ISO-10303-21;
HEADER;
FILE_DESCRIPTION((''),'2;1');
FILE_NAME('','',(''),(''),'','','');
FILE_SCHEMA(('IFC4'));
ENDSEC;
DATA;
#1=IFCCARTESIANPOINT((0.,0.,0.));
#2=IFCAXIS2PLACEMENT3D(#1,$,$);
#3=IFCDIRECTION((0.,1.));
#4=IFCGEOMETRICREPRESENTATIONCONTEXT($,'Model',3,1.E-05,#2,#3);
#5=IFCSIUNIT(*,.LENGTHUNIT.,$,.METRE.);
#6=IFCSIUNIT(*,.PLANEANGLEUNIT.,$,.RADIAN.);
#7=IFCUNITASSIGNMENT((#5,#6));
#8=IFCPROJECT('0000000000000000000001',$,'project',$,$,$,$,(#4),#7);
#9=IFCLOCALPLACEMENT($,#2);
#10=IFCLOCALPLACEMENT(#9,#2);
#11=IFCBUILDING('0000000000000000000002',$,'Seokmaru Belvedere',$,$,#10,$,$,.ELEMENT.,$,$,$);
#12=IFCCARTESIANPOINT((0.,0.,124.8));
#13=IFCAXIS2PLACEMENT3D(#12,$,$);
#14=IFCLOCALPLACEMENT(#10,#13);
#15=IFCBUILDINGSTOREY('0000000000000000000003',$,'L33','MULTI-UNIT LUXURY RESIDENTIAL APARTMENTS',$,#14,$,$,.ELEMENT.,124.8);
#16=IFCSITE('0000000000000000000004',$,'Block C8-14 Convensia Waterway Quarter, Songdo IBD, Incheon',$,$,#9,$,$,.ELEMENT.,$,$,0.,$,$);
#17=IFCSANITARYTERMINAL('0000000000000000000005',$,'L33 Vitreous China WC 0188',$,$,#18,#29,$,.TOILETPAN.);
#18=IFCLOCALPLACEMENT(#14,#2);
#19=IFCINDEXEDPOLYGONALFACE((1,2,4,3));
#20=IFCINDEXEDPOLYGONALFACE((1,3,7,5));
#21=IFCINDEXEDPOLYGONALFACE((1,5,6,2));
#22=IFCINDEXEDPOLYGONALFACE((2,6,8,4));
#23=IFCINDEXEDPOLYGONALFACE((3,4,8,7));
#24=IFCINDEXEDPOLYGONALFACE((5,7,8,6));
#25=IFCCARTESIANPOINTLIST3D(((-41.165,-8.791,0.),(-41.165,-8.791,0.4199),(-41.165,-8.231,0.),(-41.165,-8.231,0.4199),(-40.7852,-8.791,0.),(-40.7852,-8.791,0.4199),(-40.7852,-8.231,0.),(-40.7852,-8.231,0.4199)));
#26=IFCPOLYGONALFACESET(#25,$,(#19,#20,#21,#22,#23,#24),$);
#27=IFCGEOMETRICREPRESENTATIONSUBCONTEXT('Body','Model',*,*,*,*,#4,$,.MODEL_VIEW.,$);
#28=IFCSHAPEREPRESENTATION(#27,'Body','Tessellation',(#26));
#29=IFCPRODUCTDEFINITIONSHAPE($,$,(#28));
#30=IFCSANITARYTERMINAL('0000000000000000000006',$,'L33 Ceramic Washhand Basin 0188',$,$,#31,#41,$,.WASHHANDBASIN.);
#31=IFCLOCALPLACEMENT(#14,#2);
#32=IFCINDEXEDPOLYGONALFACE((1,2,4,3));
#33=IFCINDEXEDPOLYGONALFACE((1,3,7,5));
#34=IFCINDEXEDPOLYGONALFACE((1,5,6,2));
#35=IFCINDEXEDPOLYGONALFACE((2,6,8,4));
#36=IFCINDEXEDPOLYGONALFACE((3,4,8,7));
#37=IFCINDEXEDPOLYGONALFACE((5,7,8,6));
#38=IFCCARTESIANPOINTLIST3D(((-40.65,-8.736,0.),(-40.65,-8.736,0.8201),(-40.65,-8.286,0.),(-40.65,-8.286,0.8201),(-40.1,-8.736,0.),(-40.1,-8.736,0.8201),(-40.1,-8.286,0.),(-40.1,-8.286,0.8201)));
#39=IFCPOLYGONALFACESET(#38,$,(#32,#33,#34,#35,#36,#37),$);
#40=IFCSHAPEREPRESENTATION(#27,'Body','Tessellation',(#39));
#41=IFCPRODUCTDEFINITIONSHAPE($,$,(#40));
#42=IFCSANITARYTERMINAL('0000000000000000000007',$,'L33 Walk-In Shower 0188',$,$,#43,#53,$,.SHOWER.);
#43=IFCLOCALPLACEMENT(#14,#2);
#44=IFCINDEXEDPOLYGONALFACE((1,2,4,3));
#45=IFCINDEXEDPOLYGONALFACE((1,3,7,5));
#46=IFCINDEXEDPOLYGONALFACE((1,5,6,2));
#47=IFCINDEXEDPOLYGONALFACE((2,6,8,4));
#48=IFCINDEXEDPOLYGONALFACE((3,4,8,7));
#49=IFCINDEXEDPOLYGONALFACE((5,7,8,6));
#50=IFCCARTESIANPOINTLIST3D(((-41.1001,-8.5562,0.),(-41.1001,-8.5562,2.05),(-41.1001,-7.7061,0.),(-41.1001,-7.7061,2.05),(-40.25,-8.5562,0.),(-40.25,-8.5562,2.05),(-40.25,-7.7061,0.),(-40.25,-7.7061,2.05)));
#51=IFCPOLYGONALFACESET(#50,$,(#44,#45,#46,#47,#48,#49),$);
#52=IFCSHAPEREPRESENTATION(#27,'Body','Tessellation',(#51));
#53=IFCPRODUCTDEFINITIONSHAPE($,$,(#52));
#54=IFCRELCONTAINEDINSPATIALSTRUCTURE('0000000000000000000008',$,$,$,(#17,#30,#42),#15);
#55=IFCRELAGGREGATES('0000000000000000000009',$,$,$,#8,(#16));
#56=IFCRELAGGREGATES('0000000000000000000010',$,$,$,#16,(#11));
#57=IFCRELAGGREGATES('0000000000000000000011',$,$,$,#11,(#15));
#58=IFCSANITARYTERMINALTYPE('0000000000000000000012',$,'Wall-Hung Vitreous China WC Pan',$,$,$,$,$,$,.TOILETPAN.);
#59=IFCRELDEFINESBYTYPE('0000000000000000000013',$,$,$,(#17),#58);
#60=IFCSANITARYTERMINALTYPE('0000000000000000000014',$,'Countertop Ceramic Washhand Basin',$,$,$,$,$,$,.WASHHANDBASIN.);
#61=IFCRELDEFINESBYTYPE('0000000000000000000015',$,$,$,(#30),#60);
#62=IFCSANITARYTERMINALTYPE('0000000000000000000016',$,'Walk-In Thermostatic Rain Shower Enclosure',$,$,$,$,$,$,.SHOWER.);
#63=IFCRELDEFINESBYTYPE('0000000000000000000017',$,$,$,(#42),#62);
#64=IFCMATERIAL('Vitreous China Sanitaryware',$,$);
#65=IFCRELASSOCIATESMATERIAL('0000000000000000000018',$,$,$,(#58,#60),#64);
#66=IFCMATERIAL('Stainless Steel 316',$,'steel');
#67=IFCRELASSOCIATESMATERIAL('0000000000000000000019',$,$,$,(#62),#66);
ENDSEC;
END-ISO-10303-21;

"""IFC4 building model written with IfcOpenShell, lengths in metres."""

from ifc_helpers import new_model, si_unit, direction, frame, origin, origin_2d, place, context, subcontext, project, spatial, rectangle, extrude, source, transform, mapped, material, type_object, type_shapes, element, save


model = new_model("IFC4")

# Units and contexts
model_context = context("Model", 3, precision=1e-05, world=origin(), true_north=direction((0.0, 1.0)))
body_context = subcontext(model_context, "Body", "Model", "MODEL_VIEW")
ifc_project = project(units=[si_unit("LENGTHUNIT", "METRE"), si_unit("PLANEANGLEUNIT", "RADIAN")], contexts=[model_context])

# Site, building, storey
site_placement = place(None, origin())
site = spatial("IfcSite", under=ifc_project, at=site_placement, Name="Block C8-14 Convensia Waterway Quarter, Songdo IBD, Incheon", CompositionType="ELEMENT", RefElevation=0.0)
building_placement = place(site_placement, origin())
building = spatial("IfcBuilding", under=site, at=building_placement, Name="Seokmaru Belvedere", CompositionType="ELEMENT")
storey_placement = place(building_placement, frame((0.0, 0.0, 124.8)))
storey = spatial("IfcBuildingStorey", under=building, at=storey_placement, Name="L33", Description="MULTI-UNIT LUXURY RESIDENTIAL APARTMENTS", CompositionType="ELEMENT", Elevation=124.8)

# Sanitary terminals
ifc_material_1 = material(Name="Vitreous China Sanitaryware")
sanitary_terminal_type_1 = type_object("IfcSanitaryTerminalType", Name="Wall-Hung Vitreous China WC Pan", PredefinedType="TOILETPAN", material=ifc_material_1)
shared_shape_1 = source(origin(), body_context, "Body", "SweptSolid", [
    extrude(rectangle(XDim=0.3799, YDim=0.5601, at=origin_2d()), origin(), (0.0, 0.0, 1.0), 0.4199),
])
type_shapes(sanitary_terminal_type_1, [shared_shape_1])
sanitary_terminal_1_placement = place(storey_placement, frame((-40.9751, -8.511, 0.0), z_axis=(0.0, 0.0, 1.0), x_axis=(1.0, 0.0, 0.0)))
element("IfcSanitaryTerminal", 1, at=sanitary_terminal_1_placement, inside=storey, type_object=sanitary_terminal_type_1, Name="L33 Vitreous China WC 0188", PredefinedType="TOILETPAN", context=body_context, shape_type="MappedRepresentation", body=[
    mapped(shared_shape_1, transform((0.0, 0.0, 0.0), scale=1.0)),
])
sanitary_terminal_type_2 = type_object("IfcSanitaryTerminalType", Name="Countertop Ceramic Washhand Basin", PredefinedType="WASHHANDBASIN", material=ifc_material_1)
shared_shape_2 = source(origin(), body_context, "Body", "SweptSolid", [
    extrude(rectangle(XDim=0.55, YDim=0.45, at=origin_2d()), origin(), (0.0, 0.0, 1.0), 0.8201),
])
type_shapes(sanitary_terminal_type_2, [shared_shape_2])
sanitary_terminal_2_placement = place(storey_placement, frame((-40.375, -8.511, 0.0), z_axis=(0.0, 0.0, 1.0), x_axis=(1.0, 0.0, 0.0)))
element("IfcSanitaryTerminal", 2, at=sanitary_terminal_2_placement, inside=storey, type_object=sanitary_terminal_type_2, Name="L33 Ceramic Washhand Basin 0188", PredefinedType="WASHHANDBASIN", context=body_context, shape_type="MappedRepresentation", body=[
    mapped(shared_shape_2, transform((0.0, 0.0, 0.0), scale=1.0)),
])
ifc_material_2 = material(Name="Stainless Steel 316", Category="steel")
sanitary_terminal_type_3 = type_object("IfcSanitaryTerminalType", Name="Walk-In Thermostatic Rain Shower Enclosure", PredefinedType="SHOWER", material=ifc_material_2)
shared_shape_3 = source(origin(), body_context, "Body", "SweptSolid", [
    extrude(rectangle(XDim=0.8501, YDim=0.8501, at=origin_2d()), origin(), (0.0, 0.0, 1.0), 2.05),
])
type_shapes(sanitary_terminal_type_3, [shared_shape_3])
sanitary_terminal_3_placement = place(storey_placement, frame((-40.675, -8.1311, 0.0), z_axis=(0.0, 0.0, 1.0), x_axis=(1.0, 0.0, 0.0)))
element("IfcSanitaryTerminal", 3, at=sanitary_terminal_3_placement, inside=storey, type_object=sanitary_terminal_type_3, Name="L33 Walk-In Shower 0188", PredefinedType="SHOWER", context=body_context, shape_type="MappedRepresentation", body=[
    mapped(shared_shape_3, transform((0.0, 0.0, 0.0), scale=1.0)),
])

save(model, "model.ifc")
